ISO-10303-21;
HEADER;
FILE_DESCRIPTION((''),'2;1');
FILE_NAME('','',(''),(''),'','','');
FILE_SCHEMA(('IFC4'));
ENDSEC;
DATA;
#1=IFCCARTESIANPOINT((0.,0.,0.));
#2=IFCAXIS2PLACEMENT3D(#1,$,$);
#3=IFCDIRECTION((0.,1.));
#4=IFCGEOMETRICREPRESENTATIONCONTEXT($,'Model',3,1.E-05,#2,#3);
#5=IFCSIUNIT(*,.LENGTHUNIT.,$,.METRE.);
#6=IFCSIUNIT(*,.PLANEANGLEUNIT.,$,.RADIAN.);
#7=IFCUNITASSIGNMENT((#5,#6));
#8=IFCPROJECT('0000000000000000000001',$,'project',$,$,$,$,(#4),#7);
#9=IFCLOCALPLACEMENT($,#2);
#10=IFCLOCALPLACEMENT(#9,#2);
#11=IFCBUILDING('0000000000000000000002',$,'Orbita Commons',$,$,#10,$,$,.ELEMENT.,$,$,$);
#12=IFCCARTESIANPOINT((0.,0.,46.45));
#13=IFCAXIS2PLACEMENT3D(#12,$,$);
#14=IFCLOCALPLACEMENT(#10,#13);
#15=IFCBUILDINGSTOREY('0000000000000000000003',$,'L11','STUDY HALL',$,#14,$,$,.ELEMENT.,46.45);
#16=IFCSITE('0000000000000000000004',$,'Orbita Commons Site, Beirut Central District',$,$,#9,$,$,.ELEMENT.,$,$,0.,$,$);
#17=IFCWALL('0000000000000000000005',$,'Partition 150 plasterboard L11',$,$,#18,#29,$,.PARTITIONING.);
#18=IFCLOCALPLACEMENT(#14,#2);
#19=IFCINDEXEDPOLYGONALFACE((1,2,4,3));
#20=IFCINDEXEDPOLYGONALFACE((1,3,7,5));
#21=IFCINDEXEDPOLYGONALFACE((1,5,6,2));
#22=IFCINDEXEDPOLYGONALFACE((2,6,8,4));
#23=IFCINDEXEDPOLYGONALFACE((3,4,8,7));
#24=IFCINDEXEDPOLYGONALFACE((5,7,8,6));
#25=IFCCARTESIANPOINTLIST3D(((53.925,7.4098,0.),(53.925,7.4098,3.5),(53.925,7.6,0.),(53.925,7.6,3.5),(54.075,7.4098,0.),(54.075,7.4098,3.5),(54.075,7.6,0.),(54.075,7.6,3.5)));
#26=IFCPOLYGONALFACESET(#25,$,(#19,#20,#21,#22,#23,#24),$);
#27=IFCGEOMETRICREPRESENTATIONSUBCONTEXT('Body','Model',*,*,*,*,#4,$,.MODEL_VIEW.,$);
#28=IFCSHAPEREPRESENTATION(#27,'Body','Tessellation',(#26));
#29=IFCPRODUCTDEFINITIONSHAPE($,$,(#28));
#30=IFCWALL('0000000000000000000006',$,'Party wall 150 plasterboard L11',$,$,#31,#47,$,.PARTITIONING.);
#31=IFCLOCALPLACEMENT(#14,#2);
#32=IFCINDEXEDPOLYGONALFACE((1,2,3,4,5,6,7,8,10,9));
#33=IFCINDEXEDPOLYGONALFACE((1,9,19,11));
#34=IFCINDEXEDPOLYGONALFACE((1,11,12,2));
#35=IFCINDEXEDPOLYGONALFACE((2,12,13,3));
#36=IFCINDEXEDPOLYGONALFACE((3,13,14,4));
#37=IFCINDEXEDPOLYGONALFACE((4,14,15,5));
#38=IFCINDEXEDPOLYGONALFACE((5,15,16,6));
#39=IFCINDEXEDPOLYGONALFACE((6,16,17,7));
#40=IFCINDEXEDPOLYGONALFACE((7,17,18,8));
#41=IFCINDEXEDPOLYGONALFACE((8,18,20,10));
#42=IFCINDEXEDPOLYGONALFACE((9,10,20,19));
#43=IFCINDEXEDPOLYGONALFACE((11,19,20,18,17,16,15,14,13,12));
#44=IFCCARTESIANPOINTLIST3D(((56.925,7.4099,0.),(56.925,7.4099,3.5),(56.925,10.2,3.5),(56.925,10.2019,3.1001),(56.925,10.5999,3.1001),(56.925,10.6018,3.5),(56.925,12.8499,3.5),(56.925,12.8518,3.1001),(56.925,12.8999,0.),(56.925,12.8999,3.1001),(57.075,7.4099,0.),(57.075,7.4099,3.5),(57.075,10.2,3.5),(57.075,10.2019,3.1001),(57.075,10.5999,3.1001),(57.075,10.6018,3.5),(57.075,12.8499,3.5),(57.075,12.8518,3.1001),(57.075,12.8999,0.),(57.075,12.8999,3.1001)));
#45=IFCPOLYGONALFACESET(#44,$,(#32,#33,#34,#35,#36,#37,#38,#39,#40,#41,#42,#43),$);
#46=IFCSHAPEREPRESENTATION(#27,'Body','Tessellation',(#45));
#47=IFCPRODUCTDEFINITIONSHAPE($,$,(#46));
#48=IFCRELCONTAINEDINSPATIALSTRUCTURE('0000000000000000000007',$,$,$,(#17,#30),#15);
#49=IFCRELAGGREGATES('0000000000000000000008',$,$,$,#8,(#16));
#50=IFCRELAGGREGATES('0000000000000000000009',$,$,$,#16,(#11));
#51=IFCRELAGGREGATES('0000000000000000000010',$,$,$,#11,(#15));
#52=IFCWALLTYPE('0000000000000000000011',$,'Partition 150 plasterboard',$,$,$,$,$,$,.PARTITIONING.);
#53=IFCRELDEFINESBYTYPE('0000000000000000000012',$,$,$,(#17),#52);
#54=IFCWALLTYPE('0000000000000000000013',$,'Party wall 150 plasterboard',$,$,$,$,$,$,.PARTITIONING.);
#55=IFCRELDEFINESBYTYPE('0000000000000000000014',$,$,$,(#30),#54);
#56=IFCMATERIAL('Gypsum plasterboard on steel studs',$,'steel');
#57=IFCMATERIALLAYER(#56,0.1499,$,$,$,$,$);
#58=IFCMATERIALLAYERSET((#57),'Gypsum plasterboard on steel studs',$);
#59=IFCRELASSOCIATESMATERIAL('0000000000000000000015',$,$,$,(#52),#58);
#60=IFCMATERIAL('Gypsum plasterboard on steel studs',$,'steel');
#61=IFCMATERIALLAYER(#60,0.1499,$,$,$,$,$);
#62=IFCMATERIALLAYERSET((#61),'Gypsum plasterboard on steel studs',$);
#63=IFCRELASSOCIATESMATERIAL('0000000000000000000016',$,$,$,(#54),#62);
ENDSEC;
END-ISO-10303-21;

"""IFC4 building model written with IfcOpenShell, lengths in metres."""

from ifc_helpers import new_model, si_unit, direction, frame, frame_2d, origin, place, context, subcontext, project, spatial, polyline, rectangle, outline, extrude, material, layer, layer_set, type_object, element, save


model = new_model("IFC4")

# Units and contexts
model_context = context("Model", 3, precision=1e-05, world=origin(), true_north=direction((0.0, 1.0)))
body_context = subcontext(model_context, "Body", "Model", "MODEL_VIEW")
ifc_project = project(units=[si_unit("LENGTHUNIT", "METRE"), si_unit("PLANEANGLEUNIT", "RADIAN")], contexts=[model_context])

# Site, building, storey
site_placement = place(None, origin())
site = spatial("IfcSite", under=ifc_project, at=site_placement, Name="Orbita Commons Site, Beirut Central District", CompositionType="ELEMENT", RefElevation=0.0)
building_placement = place(site_placement, origin())
building = spatial("IfcBuilding", under=site, at=building_placement, Name="Orbita Commons", CompositionType="ELEMENT")
storey_placement = place(building_placement, frame((0.0, 0.0, 46.45)))
storey = spatial("IfcBuildingStorey", under=building, at=storey_placement, Name="L11", Description="STUDY HALL", CompositionType="ELEMENT", Elevation=46.45)

# Walls
ifc_material_1 = material(Name="Gypsum plasterboard on steel studs", Category="steel")
ifc_layer_1 = layer(ifc_material_1, 0.1499)
ifc_layer_set_1 = layer_set([ifc_layer_1], Name="Gypsum plasterboard on steel studs")
wall_type_1 = type_object("IfcWallType", Name="Partition 150 plasterboard", PredefinedType="PARTITIONING", material=ifc_layer_set_1)
for number, where, z_axis, x_axis, name in (
    (1, (54.0, 7.6001, 0.0), (0.0, 0.0, 1.0), (0.0, -1.0, 0.0), "Partition 150 plasterboard L11"),
):
    element("IfcWall", number, at=place(storey_placement, frame(where, z_axis=z_axis, x_axis=x_axis)), inside=storey, type_object=wall_type_1, Name=name, PredefinedType="PARTITIONING", context=body_context, shape_type="SweptSolid", body=[
        extrude(rectangle(XDim=0.1902, YDim=0.1499, at=frame_2d((0.0952, 0.0))), origin(), (0.0, 0.0, 1.0), 3.5),
    ])
ifc_material_2 = material(Name="Gypsum plasterboard on steel studs", Category="steel")
ifc_layer_2 = layer(ifc_material_2, 0.1499)
ifc_layer_set_2 = layer_set([ifc_layer_2], Name="Gypsum plasterboard on steel studs")
wall_type_2 = type_object("IfcWallType", Name="Party wall 150 plasterboard", PredefinedType="PARTITIONING", material=ifc_layer_set_2)
wall_placement = place(storey_placement, frame((57.0, 7.4099, 0.0), z_axis=(0.0, 0.0, 1.0), x_axis=(0.0, 1.0, 0.0)))
element("IfcWall", 2, at=wall_placement, inside=storey, type_object=wall_type_2, Name="Party wall 150 plasterboard L11", PredefinedType="PARTITIONING", context=body_context, shape_type="SweptSolid", body=[
    extrude(outline(polyline([(0.0, 0.0), (5.49, 0.0), (5.49, 3.1001), (5.4419, 3.1001), (5.4399, 3.5), (3.1919, 3.5), (3.1899, 3.1001), (2.792, 3.1001), (2.79, 3.5), (0.0, 3.5), (0.0, 0.0)])), frame((0.0, 0.075, 0.0), z_axis=(0.0, -1.0, 0.0), x_axis=(1.0, 0.0, 0.0)), (0.0, 0.0, 1.0), 0.1499),
])

save(model, "model.ifc")
